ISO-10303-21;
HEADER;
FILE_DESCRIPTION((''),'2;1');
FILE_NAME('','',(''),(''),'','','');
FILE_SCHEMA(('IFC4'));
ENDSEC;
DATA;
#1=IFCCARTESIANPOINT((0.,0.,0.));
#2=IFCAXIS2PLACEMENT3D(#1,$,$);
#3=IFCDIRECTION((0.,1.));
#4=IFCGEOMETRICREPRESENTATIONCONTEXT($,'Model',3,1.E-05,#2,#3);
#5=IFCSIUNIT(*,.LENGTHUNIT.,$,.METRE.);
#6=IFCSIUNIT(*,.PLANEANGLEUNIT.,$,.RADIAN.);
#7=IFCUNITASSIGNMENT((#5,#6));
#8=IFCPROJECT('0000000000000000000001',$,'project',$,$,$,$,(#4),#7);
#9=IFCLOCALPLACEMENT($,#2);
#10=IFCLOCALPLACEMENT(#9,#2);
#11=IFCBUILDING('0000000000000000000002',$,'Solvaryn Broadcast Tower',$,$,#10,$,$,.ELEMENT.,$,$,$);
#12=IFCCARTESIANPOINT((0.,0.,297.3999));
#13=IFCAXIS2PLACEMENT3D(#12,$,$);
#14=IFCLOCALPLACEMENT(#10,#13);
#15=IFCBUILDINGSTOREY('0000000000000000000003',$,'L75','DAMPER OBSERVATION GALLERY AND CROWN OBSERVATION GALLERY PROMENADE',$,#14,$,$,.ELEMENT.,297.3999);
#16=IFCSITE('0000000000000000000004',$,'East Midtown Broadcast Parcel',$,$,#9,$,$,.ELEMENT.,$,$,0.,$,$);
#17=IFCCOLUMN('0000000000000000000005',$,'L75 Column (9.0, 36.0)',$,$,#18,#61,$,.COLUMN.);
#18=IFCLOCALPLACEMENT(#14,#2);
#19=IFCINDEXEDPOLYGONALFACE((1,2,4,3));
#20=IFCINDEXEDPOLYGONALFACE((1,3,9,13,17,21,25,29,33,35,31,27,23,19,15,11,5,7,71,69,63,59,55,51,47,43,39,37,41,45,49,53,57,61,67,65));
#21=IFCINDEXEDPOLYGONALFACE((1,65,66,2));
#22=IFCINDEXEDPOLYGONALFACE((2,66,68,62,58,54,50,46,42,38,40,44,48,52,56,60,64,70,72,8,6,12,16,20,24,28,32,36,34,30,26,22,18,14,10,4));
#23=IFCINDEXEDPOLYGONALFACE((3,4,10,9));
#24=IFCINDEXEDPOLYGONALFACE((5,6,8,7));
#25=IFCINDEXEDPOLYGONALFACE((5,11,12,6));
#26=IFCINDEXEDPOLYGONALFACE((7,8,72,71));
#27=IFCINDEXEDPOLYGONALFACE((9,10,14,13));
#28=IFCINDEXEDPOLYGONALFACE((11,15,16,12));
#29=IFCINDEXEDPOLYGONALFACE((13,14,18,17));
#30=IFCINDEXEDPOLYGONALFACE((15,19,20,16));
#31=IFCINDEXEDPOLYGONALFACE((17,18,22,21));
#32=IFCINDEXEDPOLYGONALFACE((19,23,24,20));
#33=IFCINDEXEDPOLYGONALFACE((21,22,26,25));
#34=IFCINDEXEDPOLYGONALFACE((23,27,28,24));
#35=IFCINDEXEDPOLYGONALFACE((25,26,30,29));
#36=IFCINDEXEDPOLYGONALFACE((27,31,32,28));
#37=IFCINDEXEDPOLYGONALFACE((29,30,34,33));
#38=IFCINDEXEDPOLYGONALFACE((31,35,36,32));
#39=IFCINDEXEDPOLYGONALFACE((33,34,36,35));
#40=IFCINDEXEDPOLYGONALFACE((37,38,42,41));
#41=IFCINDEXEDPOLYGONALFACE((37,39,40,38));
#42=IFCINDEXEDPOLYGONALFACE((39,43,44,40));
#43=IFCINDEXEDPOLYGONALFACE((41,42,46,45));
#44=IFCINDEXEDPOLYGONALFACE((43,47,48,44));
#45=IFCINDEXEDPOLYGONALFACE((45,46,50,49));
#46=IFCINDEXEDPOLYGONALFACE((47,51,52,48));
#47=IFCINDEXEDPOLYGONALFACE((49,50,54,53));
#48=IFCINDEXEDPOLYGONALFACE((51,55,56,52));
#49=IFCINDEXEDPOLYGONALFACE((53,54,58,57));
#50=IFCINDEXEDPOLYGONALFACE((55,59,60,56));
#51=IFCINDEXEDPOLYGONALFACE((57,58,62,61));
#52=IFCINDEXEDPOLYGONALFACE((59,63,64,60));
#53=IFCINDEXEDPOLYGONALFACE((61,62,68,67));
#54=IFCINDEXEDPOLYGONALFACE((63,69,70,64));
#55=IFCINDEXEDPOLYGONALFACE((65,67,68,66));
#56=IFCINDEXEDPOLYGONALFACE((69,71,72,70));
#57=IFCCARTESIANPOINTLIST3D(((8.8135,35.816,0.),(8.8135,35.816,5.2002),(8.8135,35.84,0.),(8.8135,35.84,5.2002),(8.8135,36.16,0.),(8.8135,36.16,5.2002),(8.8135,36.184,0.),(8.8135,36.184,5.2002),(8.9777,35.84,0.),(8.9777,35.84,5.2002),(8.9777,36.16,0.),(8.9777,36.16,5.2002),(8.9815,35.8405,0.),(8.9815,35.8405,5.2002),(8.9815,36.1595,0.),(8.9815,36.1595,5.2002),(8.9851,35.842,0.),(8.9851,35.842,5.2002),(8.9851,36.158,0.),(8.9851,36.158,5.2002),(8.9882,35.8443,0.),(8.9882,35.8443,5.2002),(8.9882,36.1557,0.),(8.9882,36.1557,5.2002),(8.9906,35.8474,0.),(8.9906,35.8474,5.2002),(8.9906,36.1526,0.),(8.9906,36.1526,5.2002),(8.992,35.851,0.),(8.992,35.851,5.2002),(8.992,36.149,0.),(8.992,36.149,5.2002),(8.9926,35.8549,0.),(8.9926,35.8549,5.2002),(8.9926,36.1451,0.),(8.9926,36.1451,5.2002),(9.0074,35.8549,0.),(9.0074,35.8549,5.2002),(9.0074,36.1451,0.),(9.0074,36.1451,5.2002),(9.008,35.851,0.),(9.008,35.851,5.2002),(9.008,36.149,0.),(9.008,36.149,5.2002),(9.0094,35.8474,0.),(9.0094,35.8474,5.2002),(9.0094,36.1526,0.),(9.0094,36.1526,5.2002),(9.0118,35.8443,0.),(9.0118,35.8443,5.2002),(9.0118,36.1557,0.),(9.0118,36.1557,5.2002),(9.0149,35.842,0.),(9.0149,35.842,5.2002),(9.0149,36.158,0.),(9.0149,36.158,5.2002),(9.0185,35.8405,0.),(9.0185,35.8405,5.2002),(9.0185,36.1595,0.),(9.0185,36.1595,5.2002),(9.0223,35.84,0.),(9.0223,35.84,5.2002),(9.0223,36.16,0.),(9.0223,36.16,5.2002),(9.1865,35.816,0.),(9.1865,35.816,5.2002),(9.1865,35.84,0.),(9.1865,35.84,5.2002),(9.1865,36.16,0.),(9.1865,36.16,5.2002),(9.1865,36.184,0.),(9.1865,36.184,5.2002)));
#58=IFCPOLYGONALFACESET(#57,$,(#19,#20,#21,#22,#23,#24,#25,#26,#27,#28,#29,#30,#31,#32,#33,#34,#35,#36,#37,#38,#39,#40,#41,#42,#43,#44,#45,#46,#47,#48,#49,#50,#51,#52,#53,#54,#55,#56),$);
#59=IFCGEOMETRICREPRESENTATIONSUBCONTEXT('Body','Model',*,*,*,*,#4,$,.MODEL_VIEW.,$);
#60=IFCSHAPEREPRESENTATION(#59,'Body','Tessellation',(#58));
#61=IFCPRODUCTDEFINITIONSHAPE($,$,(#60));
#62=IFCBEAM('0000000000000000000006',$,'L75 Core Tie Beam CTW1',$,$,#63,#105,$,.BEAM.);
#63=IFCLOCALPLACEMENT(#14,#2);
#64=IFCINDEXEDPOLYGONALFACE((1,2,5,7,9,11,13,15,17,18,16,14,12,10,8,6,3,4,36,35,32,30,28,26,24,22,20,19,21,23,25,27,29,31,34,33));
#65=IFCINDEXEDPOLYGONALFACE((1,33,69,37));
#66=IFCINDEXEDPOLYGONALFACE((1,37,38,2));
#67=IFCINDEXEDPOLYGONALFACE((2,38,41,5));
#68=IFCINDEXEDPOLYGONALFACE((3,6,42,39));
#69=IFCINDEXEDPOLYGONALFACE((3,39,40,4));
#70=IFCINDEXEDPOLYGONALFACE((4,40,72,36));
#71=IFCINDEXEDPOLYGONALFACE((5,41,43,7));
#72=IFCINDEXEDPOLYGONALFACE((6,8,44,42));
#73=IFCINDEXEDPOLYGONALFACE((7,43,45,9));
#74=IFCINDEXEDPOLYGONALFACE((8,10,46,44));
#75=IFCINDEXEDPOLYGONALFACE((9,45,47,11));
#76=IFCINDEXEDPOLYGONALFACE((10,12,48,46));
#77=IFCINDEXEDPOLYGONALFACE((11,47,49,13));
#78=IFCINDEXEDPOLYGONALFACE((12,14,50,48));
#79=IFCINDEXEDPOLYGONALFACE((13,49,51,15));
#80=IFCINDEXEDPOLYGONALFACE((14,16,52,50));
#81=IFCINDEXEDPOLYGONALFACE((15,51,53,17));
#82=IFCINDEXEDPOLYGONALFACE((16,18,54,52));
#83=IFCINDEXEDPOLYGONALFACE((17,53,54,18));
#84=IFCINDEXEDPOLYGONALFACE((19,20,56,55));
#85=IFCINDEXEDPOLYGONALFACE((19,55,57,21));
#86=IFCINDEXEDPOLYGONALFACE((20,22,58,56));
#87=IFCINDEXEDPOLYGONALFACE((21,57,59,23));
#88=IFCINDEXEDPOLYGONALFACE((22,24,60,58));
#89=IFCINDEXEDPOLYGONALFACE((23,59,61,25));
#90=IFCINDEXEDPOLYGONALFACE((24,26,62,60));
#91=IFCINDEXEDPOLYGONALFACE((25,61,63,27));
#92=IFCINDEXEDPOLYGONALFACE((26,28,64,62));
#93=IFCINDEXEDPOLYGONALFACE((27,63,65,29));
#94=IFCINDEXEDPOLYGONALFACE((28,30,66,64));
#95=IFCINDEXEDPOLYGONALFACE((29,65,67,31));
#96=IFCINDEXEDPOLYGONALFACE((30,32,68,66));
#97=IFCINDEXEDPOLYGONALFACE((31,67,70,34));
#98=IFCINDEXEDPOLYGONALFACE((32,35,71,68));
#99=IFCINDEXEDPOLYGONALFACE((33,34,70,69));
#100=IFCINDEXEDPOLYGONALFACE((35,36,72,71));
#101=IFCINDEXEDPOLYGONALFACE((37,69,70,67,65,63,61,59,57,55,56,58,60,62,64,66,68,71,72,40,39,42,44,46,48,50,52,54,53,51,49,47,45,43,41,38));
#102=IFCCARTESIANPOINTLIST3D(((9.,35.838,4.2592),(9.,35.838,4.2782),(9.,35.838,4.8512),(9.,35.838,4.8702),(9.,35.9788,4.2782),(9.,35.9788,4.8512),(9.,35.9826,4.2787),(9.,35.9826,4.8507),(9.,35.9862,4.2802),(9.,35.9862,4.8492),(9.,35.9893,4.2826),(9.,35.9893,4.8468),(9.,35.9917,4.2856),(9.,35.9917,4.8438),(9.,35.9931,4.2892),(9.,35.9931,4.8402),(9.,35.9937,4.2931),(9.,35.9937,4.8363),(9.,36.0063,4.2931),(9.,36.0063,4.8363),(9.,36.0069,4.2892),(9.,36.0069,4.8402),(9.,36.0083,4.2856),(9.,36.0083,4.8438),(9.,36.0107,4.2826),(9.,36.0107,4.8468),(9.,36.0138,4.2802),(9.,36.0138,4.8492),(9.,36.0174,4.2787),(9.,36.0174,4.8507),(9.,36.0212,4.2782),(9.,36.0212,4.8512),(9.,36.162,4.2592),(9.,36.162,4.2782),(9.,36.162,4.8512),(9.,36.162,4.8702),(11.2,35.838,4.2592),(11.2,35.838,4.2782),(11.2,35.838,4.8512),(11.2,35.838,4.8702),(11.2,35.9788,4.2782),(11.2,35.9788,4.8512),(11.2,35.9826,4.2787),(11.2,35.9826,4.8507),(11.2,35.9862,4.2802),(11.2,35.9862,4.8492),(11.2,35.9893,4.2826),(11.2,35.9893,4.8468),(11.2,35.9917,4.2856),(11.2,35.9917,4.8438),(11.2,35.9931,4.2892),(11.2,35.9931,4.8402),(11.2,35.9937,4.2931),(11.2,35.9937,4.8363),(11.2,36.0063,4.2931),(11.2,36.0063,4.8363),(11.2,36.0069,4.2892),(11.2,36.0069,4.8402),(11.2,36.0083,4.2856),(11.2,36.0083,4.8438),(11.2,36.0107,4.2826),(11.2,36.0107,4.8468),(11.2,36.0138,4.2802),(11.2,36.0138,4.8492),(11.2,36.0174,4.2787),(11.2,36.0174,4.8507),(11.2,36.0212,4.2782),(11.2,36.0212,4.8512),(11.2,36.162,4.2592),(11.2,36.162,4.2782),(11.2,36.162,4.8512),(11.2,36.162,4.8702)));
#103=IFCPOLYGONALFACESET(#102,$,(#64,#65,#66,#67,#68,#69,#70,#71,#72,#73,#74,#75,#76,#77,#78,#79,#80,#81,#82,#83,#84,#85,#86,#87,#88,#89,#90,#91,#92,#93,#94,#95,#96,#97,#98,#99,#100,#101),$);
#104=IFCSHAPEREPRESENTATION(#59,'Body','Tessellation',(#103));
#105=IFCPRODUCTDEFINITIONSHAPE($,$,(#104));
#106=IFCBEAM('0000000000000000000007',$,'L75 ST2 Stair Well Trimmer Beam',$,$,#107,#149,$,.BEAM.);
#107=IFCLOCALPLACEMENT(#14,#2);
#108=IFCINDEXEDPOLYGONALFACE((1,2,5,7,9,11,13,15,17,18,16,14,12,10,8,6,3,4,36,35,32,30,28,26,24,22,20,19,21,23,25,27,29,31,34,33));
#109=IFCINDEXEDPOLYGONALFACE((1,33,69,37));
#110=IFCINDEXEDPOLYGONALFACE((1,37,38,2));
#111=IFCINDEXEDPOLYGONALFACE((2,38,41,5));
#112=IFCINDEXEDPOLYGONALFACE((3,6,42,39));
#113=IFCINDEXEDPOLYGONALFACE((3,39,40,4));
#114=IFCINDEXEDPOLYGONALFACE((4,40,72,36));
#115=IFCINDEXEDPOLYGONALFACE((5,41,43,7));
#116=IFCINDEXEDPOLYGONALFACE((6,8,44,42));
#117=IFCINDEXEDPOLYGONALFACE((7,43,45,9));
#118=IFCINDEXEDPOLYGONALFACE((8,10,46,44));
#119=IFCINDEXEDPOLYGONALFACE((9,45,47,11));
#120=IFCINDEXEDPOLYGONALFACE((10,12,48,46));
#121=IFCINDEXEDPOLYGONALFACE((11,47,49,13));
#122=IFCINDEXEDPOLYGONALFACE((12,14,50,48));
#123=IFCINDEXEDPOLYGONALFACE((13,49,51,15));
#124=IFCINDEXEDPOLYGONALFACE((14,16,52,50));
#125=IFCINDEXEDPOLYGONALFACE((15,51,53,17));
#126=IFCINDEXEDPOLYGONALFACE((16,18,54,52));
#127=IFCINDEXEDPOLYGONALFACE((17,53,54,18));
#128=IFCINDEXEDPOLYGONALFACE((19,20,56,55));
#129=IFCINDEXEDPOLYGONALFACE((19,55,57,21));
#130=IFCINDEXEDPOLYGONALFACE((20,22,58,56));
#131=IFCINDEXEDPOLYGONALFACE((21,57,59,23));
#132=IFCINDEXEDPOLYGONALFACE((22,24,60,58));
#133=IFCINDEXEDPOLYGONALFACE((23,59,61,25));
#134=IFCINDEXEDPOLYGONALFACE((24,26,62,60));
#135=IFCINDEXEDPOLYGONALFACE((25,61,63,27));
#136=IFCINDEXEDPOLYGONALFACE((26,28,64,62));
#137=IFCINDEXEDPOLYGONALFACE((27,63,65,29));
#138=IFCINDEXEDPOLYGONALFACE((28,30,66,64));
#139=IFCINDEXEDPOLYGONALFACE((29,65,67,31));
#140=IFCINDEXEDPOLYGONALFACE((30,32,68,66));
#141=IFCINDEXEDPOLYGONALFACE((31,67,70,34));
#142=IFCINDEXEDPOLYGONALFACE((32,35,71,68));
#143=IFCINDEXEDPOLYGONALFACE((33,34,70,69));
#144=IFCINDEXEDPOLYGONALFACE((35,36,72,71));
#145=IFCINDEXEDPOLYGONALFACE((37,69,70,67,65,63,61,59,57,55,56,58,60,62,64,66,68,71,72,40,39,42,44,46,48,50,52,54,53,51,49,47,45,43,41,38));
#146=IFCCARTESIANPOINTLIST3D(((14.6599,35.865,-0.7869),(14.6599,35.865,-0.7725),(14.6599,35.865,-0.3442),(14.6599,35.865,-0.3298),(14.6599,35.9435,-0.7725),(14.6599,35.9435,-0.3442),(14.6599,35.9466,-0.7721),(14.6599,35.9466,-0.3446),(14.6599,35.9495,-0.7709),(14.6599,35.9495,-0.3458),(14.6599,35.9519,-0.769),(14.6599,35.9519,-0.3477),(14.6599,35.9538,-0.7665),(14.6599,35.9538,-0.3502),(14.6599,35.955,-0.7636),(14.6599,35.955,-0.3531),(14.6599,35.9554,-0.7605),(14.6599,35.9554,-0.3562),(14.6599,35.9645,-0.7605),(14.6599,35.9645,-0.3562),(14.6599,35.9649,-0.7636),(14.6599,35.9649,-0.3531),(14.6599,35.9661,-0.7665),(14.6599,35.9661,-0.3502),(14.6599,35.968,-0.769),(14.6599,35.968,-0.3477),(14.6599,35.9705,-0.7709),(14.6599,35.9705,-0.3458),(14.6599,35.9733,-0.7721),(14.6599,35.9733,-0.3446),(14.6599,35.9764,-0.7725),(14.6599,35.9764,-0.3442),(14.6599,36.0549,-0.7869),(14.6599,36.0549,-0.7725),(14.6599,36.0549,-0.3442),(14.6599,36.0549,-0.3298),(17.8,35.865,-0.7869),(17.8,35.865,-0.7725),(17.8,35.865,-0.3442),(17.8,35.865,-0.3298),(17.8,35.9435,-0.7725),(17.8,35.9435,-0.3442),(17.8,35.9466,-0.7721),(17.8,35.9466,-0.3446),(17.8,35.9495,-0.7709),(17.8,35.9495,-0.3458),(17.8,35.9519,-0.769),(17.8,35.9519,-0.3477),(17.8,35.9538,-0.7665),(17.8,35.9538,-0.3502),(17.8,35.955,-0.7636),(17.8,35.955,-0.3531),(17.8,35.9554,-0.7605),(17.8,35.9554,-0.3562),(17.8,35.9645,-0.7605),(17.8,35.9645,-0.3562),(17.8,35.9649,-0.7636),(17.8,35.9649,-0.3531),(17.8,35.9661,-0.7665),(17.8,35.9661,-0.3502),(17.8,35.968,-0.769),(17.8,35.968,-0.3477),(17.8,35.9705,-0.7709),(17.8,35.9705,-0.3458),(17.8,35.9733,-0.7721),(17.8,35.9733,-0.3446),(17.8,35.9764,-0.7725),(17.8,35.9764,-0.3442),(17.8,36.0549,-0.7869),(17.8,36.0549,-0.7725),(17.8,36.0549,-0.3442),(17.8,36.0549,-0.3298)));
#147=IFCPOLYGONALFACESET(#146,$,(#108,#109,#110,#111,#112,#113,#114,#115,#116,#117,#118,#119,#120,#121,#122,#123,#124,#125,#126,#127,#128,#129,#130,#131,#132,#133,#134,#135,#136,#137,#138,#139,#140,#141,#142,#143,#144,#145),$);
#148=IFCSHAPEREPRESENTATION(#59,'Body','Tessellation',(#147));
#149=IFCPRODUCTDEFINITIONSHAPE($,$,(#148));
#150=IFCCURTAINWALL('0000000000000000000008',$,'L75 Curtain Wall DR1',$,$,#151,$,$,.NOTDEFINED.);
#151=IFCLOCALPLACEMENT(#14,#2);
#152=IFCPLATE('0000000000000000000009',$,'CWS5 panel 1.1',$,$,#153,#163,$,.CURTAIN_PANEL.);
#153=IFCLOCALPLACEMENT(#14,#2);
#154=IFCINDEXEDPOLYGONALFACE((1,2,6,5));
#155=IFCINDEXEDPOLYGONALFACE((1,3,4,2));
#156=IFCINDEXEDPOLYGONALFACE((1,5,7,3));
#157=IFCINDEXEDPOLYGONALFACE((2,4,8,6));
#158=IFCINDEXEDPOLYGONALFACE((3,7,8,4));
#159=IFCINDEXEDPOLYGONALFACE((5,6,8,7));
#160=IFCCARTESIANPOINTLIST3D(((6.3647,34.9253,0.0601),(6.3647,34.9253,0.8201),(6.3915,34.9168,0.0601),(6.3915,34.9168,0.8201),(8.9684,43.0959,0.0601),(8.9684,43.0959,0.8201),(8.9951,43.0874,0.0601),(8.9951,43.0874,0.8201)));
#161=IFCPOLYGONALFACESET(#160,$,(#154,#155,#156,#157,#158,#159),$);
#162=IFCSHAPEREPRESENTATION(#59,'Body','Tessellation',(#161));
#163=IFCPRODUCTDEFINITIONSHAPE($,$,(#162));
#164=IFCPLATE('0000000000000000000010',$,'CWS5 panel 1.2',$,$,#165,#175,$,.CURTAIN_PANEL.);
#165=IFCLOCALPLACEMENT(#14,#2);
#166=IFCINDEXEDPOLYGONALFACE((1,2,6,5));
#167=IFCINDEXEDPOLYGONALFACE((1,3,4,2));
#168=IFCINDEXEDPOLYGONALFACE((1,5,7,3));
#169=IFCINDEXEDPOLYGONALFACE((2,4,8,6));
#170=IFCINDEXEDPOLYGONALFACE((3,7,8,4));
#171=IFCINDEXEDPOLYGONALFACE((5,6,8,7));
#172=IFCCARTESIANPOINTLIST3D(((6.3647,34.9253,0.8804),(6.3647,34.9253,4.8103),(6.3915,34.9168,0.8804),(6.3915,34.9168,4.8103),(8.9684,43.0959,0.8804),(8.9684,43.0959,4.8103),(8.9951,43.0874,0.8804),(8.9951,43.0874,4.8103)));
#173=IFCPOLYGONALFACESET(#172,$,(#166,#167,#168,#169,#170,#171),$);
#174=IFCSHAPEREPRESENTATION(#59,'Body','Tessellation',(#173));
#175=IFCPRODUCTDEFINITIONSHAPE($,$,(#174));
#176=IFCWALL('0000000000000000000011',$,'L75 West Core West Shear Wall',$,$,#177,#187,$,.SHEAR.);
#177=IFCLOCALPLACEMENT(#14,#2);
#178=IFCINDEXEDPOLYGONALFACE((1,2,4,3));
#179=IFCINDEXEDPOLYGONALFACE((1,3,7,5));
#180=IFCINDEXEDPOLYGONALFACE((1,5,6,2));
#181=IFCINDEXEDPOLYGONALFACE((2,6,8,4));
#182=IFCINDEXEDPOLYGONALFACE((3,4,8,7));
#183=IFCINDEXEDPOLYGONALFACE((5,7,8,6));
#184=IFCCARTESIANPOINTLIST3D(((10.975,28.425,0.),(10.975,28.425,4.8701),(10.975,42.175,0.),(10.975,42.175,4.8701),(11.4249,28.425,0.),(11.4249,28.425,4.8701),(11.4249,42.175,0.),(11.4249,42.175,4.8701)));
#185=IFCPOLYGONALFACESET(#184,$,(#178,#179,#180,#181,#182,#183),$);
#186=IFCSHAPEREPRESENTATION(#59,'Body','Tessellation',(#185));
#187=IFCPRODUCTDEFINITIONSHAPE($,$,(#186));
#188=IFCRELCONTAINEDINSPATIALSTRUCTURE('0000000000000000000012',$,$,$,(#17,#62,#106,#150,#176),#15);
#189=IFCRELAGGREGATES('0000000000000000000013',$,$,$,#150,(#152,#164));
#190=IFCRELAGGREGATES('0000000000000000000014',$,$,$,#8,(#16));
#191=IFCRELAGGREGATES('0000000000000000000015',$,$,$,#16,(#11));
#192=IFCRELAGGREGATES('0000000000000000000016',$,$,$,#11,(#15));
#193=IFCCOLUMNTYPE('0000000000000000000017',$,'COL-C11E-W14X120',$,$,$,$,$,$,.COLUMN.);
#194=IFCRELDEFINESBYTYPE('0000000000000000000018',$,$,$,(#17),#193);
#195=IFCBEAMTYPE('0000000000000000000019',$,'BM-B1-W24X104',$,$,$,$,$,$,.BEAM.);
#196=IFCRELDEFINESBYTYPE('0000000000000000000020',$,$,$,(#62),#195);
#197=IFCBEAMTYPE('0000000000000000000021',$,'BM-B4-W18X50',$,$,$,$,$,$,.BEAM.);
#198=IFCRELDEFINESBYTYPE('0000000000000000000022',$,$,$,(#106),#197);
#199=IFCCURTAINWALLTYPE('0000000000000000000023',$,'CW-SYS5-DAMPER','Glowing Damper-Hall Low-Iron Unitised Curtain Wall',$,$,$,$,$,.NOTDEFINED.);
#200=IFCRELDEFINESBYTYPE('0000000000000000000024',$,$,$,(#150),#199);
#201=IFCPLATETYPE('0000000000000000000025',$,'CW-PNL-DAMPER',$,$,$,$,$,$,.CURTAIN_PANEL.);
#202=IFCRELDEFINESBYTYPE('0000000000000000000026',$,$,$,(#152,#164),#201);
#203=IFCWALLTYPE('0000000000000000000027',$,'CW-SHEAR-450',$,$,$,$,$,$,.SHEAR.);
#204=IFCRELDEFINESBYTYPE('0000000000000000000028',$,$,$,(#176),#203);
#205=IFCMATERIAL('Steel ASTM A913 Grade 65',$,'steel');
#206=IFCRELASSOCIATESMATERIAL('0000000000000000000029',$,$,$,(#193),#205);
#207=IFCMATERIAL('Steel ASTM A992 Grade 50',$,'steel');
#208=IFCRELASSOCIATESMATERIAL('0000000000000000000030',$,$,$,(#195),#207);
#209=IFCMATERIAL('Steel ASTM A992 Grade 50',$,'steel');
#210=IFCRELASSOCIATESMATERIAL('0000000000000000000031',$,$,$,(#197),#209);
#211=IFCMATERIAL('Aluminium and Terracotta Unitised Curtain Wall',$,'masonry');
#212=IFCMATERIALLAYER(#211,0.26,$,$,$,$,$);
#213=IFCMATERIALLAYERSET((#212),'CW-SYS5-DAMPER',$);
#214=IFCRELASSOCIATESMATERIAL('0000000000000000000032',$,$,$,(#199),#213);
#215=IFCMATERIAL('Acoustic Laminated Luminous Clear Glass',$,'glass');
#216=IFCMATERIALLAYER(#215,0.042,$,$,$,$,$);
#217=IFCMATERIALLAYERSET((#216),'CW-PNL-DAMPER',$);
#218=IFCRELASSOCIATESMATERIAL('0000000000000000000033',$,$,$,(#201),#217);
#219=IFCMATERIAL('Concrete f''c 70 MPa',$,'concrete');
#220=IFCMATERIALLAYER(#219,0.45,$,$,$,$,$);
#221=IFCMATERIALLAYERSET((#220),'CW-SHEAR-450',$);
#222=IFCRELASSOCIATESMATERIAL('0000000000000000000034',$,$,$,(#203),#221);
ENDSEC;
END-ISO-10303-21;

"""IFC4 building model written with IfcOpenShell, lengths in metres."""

from ifc_helpers import new_model, si_unit, direction, frame, frame_2d, origin, origin_2d, place, context, subcontext, project, spatial, rectangle, i_section, extrude, material, layer, layer_set, material_profile, profile_set, type_object, element, aggregate, save


model = new_model("IFC4")

# Units and contexts
model_context = context("Model", 3, precision=1e-05, world=origin(), true_north=direction((0.0, 1.0)))
body_context = subcontext(model_context, "Body", "Model", "MODEL_VIEW")
ifc_project = project(units=[si_unit("LENGTHUNIT", "METRE"), si_unit("PLANEANGLEUNIT", "RADIAN")], contexts=[model_context])

# Site, building, storey
site_placement = place(None, origin())
site = spatial("IfcSite", under=ifc_project, at=site_placement, Name="East Midtown Broadcast Parcel", CompositionType="ELEMENT", RefElevation=0.0)
building_placement = place(site_placement, origin())
building = spatial("IfcBuilding", under=site, at=building_placement, Name="Solvaryn Broadcast Tower", CompositionType="ELEMENT")
storey_placement = place(building_placement, frame((0.0, 0.0, 297.3999)))
storey = spatial("IfcBuildingStorey", under=building, at=storey_placement, Name="L75", Description="DAMPER OBSERVATION GALLERY AND CROWN OBSERVATION GALLERY PROMENADE", CompositionType="ELEMENT", Elevation=297.3999)

# Column
ifc_material_1 = material(Name="Steel ASTM A913 Grade 65", Category="steel")
ifc_material_profile_1 = material_profile(ifc_material_1, i_section(OverallWidth=0.373, OverallDepth=0.3679, WebThickness=0.0149, FlangeThickness=0.0239, FilletRadius=0.0149, at=origin_2d()))
ifc_profile_set_1 = profile_set([ifc_material_profile_1], Name="Steel ASTM A913 Grade 65")
column_type = type_object("IfcColumnType", Name="COL-C11E-W14X120", PredefinedType="COLUMN", material=ifc_profile_set_1)
column_placement = place(storey_placement, frame((9.0, 36.0, 0.0), z_axis=(0.0, 0.0, 1.0), x_axis=(1.0, 0.0, 0.0)))
element("IfcColumn", 1, at=column_placement, inside=storey, type_object=column_type, Name="L75 Column (9.0, 36.0)", PredefinedType="COLUMN", context=body_context, shape_type="SweptSolid", body=[
    extrude(i_section(OverallWidth=0.373, OverallDepth=0.3679, WebThickness=0.0149, FlangeThickness=0.0239, FilletRadius=0.0149, at=origin_2d()), origin(), (0.0, 0.0, 1.0), 5.2002),
])

# Beams
ifc_material_2 = material(Name="Steel ASTM A992 Grade 50", Category="steel")
ifc_material_profile_2 = material_profile(ifc_material_2, i_section(OverallWidth=0.324, OverallDepth=0.6111, WebThickness=0.0127, FlangeThickness=0.019, FilletRadius=0.0149, at=origin_2d()))
ifc_profile_set_2 = profile_set([ifc_material_profile_2], Name="Steel ASTM A992 Grade 50")
beam_type_1 = type_object("IfcBeamType", Name="BM-B1-W24X104", PredefinedType="BEAM", material=ifc_profile_set_2)
beam_1_placement = place(storey_placement, frame((9.0, 36.0, 4.5647), z_axis=(1.0, 0.0, 0.0), x_axis=(0.0, 1.0, 0.0)))
element("IfcBeam", 2, at=beam_1_placement, inside=storey, type_object=beam_type_1, Name="L75 Core Tie Beam CTW1", PredefinedType="BEAM", context=body_context, shape_type="SweptSolid", body=[
    extrude(i_section(OverallWidth=0.324, OverallDepth=0.6111, WebThickness=0.0127, FlangeThickness=0.019, FilletRadius=0.0149, at=origin_2d()), origin(), (0.0, 0.0, 1.0), 2.2),
])
ifc_material_3 = material(Name="Steel ASTM A992 Grade 50", Category="steel")
ifc_material_profile_3 = material_profile(ifc_material_3, i_section(OverallWidth=0.1899, OverallDepth=0.457, WebThickness=0.009, FlangeThickness=0.0144, FilletRadius=0.012, at=origin_2d()))
ifc_profile_set_3 = profile_set([ifc_material_profile_3], Name="Steel ASTM A992 Grade 50")
beam_type_2 = type_object("IfcBeamType", Name="BM-B4-W18X50", PredefinedType="BEAM", material=ifc_profile_set_3)
beam_2_placement = place(storey_placement, frame((14.6599, 35.96, -0.5583), z_axis=(1.0, 0.0, 0.0), x_axis=(0.0, 1.0, 0.0)))
element("IfcBeam", 3, at=beam_2_placement, inside=storey, type_object=beam_type_2, Name="L75 ST2 Stair Well Trimmer Beam", PredefinedType="BEAM", context=body_context, shape_type="SweptSolid", body=[
    extrude(i_section(OverallWidth=0.1899, OverallDepth=0.457, WebThickness=0.009, FlangeThickness=0.0144, FilletRadius=0.012, at=origin_2d()), origin(), (0.0, 0.0, 1.0), 3.1401),
])

# Curtain wall, plates
ifc_material_4 = material(Name="Aluminium and Terracotta Unitised Curtain Wall", Category="masonry")
ifc_layer_1 = layer(ifc_material_4, 0.26)
ifc_layer_set_1 = layer_set([ifc_layer_1], Name="CW-SYS5-DAMPER")
curtain_wall_type = type_object("IfcCurtainWallType", Name="CW-SYS5-DAMPER", Description="Glowing Damper-Hall Low-Iron Unitised Curtain Wall", PredefinedType="NOTDEFINED", material=ifc_layer_set_1)
curtain_wall_placement = place(storey_placement, origin())
curtain_wall = element("IfcCurtainWall", 4, at=curtain_wall_placement, inside=storey, type_object=curtain_wall_type, Name="L75 Curtain Wall DR1", PredefinedType="NOTDEFINED")
ifc_material_5 = material(Name="Acoustic Laminated Luminous Clear Glass", Category="glass")
ifc_layer_2 = layer(ifc_material_5, 0.042)
ifc_layer_set_2 = layer_set([ifc_layer_2], Name="CW-PNL-DAMPER")
plate_type = type_object("IfcPlateType", Name="CW-PNL-DAMPER", PredefinedType="CURTAIN_PANEL", material=ifc_layer_set_2)
plate_1_placement = place(storey_placement, frame((7.6799, 39.0063, 0.0601), z_axis=(0.0, 0.0, 1.0), x_axis=(-0.303616, -0.952795, 0.0)))
plate_1 = element("IfcPlate", 5, at=plate_1_placement, type_object=plate_type, Name="CWS5 panel 1.1", PredefinedType="CURTAIN_PANEL", context=body_context, shape_type="SweptSolid", body=[
    extrude(rectangle(XDim=8.5754, YDim=0.0281, at=origin_2d()), origin(), (0.0, 0.0, 1.0), 0.76),
])
plate_2_placement = place(storey_placement, frame((7.6799, 39.0063, 0.8804), z_axis=(0.0, 0.0, 1.0), x_axis=(-0.303616, -0.952795, 0.0)))
plate_2 = element("IfcPlate", 6, at=plate_2_placement, type_object=plate_type, Name="CWS5 panel 1.2", PredefinedType="CURTAIN_PANEL", context=body_context, shape_type="SweptSolid", body=[
    extrude(rectangle(XDim=8.5754, YDim=0.0281, at=origin_2d()), origin(), (0.0, 0.0, 1.0), 3.9299),
])
aggregate(curtain_wall, [plate_1, plate_2])

# Wall
ifc_material_6 = material(Name="Concrete f'c 70 MPa", Category="concrete")
ifc_layer_3 = layer(ifc_material_6, 0.45)
ifc_layer_set_3 = layer_set([ifc_layer_3], Name="CW-SHEAR-450")
wall_type_1 = type_object("IfcWallType", Name="CW-SHEAR-450", PredefinedType="SHEAR", material=ifc_layer_set_3)
wall_1_placement = place(storey_placement, frame((11.2, 42.175, 0.0), z_axis=(0.0, 0.0, 1.0), x_axis=(0.0, -1.0, 0.0)))
element("IfcWall", 7, at=wall_1_placement, inside=storey, type_object=wall_type_1, Name="L75 West Core West Shear Wall", PredefinedType="SHEAR", context=body_context, shape_type="SweptSolid", body=[
    extrude(rectangle(XDim=13.75, YDim=0.45, at=frame_2d((6.875, 0.0))), origin(), (0.0, 0.0, 1.0), 4.8701),
])

save(model, "model.ifc")
